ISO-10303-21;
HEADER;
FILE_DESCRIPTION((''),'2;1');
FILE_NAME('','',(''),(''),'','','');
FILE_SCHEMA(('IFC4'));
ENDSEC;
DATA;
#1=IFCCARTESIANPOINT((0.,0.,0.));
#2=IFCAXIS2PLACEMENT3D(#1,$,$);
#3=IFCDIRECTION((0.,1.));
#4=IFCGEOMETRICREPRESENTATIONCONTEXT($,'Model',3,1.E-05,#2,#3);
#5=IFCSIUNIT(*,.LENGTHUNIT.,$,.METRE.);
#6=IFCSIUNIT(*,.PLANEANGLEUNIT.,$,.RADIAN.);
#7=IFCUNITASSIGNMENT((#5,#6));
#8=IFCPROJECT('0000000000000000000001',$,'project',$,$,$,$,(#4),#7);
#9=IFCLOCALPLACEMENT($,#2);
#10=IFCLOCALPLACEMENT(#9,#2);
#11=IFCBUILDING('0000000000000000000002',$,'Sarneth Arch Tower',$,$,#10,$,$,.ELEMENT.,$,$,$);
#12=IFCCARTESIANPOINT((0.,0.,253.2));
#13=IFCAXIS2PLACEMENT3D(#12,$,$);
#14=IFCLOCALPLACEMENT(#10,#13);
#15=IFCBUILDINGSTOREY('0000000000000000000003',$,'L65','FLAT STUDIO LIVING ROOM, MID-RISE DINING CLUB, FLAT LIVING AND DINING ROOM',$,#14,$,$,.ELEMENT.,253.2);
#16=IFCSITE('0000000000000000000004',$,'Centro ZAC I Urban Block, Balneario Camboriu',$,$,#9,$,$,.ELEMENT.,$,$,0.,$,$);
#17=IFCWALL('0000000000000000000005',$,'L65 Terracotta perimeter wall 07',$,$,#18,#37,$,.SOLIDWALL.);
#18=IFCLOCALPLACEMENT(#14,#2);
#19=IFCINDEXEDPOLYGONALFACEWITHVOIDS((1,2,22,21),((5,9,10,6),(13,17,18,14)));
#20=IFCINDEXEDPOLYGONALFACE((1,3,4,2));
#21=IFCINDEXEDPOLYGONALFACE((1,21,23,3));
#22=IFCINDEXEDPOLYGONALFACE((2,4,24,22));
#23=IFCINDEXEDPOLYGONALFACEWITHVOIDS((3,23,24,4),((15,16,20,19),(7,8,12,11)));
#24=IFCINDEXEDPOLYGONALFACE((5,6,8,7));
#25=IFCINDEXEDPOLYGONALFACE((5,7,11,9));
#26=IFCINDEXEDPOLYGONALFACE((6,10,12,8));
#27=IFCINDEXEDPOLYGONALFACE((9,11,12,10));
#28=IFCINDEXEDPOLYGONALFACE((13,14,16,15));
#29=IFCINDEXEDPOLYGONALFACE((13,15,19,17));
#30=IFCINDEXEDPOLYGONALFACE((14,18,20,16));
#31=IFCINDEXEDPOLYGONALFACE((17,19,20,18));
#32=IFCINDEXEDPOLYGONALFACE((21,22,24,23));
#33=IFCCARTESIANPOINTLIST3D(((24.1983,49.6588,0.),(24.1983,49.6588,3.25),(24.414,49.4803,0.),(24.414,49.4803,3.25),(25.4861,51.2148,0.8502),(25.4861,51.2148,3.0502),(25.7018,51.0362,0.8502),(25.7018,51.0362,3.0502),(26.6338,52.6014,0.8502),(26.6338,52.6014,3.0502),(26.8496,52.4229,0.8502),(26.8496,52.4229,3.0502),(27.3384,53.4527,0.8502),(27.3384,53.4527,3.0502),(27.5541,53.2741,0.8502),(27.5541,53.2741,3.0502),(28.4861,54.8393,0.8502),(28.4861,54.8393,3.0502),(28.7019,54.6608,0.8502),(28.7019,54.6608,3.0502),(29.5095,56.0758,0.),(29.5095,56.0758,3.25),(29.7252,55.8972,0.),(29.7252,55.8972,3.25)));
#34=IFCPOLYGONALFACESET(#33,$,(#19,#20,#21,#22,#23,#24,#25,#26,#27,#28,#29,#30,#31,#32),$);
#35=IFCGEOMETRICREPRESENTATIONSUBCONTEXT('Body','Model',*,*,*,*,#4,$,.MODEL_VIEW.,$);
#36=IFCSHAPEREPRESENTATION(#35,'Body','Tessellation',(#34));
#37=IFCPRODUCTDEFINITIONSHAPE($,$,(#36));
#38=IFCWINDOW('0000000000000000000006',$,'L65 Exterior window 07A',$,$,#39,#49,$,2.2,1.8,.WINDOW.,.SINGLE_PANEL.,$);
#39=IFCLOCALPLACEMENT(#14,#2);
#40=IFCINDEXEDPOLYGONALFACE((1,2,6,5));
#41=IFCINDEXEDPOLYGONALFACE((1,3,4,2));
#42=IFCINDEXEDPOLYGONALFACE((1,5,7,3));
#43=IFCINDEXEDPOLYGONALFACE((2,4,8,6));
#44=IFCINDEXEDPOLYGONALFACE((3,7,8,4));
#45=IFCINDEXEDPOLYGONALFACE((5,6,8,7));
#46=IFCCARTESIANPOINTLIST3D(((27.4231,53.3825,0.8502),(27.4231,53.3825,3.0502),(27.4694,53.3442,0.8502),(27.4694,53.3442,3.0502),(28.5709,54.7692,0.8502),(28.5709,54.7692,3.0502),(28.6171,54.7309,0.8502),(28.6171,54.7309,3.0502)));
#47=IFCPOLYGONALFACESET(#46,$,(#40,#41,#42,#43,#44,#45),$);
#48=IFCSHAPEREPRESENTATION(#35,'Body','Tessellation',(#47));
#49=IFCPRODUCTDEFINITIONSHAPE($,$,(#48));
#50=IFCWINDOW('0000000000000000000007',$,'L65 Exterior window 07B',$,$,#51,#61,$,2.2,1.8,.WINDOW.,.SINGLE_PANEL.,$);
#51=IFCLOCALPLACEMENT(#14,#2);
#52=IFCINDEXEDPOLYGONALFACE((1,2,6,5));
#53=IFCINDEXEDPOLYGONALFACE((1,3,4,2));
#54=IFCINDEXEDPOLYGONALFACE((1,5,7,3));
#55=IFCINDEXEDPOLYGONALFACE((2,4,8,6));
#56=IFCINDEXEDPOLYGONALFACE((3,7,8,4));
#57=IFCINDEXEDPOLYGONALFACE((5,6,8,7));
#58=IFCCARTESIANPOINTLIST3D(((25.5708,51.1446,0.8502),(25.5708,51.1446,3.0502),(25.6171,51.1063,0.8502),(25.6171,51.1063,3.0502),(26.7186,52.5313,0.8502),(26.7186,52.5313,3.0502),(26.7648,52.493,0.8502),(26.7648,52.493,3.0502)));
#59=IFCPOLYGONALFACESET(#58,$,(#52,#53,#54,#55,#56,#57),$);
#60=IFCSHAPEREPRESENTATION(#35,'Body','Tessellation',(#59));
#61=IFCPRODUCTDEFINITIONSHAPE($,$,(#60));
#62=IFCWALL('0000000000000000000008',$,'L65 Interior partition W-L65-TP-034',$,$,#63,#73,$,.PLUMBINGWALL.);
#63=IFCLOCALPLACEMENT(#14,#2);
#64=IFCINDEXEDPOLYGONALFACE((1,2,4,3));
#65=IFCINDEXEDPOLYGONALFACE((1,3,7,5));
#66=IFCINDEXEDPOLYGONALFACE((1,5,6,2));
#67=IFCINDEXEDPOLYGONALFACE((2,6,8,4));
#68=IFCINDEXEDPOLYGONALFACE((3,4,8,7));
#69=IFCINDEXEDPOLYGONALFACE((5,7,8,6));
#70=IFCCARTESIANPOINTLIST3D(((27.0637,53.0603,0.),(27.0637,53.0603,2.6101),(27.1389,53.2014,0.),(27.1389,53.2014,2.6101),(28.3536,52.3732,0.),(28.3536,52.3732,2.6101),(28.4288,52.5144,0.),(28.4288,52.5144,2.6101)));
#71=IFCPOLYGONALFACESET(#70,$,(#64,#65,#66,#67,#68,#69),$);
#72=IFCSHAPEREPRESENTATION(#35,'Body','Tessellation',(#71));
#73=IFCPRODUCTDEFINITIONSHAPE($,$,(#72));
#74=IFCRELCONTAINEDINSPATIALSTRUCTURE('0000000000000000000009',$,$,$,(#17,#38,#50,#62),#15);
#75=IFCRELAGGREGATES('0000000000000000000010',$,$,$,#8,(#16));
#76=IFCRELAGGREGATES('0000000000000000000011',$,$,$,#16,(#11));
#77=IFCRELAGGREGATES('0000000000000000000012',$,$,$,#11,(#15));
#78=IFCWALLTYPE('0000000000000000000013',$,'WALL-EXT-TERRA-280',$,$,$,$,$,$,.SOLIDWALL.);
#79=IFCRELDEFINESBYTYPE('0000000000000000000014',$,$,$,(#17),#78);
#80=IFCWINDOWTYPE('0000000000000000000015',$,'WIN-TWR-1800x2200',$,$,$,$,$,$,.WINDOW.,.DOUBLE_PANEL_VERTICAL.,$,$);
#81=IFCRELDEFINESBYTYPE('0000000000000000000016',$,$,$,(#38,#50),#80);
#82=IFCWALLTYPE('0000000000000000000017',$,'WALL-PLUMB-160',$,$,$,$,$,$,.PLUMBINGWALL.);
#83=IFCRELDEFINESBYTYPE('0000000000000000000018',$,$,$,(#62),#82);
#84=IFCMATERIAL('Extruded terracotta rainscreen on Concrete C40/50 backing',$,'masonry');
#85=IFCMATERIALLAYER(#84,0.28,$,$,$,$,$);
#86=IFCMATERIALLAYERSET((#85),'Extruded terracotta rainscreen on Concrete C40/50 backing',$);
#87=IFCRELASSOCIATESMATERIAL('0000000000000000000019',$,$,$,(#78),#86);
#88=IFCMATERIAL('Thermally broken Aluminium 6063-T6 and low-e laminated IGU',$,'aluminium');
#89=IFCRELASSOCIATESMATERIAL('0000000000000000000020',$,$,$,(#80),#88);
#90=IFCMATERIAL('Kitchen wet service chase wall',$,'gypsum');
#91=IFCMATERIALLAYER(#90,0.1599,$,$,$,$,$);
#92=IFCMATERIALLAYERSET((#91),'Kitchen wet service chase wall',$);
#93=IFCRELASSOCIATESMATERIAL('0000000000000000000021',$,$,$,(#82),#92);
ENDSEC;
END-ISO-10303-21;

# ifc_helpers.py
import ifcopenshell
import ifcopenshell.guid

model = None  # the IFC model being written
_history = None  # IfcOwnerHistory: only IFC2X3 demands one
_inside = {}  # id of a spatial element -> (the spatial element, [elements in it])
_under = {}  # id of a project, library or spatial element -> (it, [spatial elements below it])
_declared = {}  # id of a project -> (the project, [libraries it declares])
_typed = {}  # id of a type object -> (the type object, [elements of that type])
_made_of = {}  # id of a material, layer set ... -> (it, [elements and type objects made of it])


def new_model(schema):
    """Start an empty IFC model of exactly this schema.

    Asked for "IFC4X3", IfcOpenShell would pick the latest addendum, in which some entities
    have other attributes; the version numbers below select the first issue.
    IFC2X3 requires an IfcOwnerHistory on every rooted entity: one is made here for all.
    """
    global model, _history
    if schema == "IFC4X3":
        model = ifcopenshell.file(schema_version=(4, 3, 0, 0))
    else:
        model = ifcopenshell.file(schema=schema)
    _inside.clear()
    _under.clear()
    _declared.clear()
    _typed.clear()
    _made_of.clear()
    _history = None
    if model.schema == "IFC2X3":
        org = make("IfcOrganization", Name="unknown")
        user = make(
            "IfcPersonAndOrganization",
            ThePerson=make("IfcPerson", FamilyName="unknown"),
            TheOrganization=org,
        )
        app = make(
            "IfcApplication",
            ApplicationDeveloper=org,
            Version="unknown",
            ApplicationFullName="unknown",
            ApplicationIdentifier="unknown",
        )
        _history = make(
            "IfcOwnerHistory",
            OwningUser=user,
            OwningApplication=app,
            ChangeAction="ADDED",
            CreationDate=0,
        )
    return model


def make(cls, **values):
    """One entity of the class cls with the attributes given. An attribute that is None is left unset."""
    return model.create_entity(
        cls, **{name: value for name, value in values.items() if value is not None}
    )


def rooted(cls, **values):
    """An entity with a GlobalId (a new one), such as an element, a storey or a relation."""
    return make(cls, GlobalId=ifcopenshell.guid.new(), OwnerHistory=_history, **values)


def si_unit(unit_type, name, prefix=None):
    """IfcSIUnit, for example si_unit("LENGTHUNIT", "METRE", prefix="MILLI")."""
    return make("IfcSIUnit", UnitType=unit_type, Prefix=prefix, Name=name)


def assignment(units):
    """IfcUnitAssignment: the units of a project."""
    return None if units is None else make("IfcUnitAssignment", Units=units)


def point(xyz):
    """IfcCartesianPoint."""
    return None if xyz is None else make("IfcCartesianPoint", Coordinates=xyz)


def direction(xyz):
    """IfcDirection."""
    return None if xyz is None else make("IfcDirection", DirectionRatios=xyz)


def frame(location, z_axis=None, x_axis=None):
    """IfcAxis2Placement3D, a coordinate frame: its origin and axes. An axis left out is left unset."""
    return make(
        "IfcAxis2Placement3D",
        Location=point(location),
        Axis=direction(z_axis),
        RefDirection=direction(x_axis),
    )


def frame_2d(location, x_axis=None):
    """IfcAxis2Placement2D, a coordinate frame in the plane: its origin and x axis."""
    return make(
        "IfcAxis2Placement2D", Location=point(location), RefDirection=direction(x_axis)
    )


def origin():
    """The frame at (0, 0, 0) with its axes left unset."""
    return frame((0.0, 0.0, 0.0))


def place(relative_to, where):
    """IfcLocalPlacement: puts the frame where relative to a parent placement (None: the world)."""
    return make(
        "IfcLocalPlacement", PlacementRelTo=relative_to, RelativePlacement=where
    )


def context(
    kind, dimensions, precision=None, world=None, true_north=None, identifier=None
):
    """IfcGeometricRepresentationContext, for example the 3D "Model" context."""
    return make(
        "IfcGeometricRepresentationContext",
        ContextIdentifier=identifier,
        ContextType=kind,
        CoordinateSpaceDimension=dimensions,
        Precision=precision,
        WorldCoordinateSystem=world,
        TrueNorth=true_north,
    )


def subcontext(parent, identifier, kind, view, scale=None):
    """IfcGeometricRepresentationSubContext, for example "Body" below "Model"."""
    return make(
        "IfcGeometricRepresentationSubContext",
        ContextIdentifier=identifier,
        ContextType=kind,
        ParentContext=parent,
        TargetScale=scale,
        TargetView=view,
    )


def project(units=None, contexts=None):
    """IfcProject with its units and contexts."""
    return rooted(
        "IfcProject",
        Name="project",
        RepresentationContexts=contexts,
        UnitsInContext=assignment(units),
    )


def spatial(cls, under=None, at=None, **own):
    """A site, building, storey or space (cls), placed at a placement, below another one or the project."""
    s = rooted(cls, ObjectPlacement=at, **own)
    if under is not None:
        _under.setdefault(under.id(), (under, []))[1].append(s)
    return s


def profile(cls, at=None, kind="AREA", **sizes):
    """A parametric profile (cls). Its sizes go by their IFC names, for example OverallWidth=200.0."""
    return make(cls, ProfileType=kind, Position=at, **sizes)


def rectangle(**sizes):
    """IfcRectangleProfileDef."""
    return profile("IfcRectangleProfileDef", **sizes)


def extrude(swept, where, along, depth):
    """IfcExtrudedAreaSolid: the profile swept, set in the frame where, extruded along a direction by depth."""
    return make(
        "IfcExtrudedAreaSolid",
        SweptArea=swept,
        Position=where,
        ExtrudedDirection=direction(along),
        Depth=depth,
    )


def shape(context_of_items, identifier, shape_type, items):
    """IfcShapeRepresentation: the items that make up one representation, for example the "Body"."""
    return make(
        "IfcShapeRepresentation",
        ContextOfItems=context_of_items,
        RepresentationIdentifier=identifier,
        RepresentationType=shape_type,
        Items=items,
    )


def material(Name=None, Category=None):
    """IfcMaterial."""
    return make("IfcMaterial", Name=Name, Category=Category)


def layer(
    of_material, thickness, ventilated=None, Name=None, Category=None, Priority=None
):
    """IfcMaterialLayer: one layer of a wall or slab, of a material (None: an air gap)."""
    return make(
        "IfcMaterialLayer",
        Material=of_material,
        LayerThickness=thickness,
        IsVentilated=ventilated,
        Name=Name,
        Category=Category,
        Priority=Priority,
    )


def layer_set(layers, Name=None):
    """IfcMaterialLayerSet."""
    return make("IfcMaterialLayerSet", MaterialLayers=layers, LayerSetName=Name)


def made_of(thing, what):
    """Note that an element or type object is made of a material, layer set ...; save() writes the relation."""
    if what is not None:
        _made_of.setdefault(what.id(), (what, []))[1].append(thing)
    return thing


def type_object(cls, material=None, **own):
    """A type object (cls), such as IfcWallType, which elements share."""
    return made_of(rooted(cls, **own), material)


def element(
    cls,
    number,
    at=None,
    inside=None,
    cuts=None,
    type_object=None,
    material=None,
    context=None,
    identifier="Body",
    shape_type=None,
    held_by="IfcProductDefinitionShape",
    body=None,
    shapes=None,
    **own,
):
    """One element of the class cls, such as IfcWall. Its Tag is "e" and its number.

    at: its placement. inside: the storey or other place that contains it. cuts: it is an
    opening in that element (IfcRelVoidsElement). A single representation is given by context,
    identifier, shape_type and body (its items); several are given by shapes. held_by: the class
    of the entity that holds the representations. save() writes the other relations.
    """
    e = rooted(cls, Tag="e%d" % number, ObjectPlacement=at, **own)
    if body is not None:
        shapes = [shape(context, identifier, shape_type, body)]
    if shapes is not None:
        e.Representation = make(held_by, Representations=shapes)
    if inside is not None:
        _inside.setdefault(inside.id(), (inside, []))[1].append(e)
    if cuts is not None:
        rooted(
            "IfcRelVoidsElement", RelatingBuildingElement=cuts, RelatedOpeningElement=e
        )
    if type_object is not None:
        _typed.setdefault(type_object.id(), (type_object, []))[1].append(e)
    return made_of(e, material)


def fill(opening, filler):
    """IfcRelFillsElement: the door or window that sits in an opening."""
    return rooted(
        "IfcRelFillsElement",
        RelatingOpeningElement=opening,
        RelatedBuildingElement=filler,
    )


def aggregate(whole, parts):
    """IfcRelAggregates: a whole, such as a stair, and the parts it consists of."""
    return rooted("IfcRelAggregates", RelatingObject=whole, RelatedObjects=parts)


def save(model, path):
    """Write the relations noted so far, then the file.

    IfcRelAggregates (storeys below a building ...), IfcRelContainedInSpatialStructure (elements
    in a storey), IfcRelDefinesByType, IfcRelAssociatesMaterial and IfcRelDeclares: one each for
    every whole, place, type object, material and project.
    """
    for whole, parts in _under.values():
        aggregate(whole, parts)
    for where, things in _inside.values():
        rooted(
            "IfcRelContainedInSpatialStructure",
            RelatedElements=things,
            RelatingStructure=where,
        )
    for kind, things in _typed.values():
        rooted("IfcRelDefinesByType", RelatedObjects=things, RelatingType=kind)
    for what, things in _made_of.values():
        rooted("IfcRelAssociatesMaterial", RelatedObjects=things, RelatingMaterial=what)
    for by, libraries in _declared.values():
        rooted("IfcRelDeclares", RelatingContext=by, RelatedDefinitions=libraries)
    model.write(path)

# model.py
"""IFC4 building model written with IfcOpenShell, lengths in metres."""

from ifc_helpers import new_model, si_unit, direction, frame, frame_2d, origin, place, context, subcontext, project, spatial, rectangle, extrude, material, layer, layer_set, type_object, element, fill, save


model = new_model("IFC4")

# Units and contexts
model_context = context("Model", 3, precision=1e-05, world=origin(), true_north=direction((0.0, 1.0)))
body_context = subcontext(model_context, "Body", "Model", "MODEL_VIEW")
ifc_project = project(units=[si_unit("LENGTHUNIT", "METRE"), si_unit("PLANEANGLEUNIT", "RADIAN")], contexts=[model_context])

# Site, building, storey
site_placement = place(None, origin())
site = spatial("IfcSite", under=ifc_project, at=site_placement, Name="Centro ZAC I Urban Block, Balneario Camboriu", CompositionType="ELEMENT", RefElevation=0.0)
building_placement = place(site_placement, origin())
building = spatial("IfcBuilding", under=site, at=building_placement, Name="Sarneth Arch Tower", CompositionType="ELEMENT")
storey_placement = place(building_placement, frame((0.0, 0.0, 253.2)))
storey = spatial("IfcBuildingStorey", under=building, at=storey_placement, Name="L65", Description="FLAT STUDIO LIVING ROOM, MID-RISE DINING CLUB, FLAT LIVING AND DINING ROOM", CompositionType="ELEMENT", Elevation=253.2)

# Wall, openings, windows
ifc_material_1 = material(Name="Extruded terracotta rainscreen on Concrete C40/50 backing", Category="masonry")
ifc_layer_1 = layer(ifc_material_1, 0.28)
ifc_layer_set_1 = layer_set([ifc_layer_1], Name="Extruded terracotta rainscreen on Concrete C40/50 backing")
wall_type_1 = type_object("IfcWallType", Name="WALL-EXT-TERRA-280", PredefinedType="SOLIDWALL", material=ifc_layer_set_1)
wall_1_placement = place(storey_placement, frame((29.6174, 55.9866, 0.0), z_axis=(0.0, 0.0, 1.0), x_axis=(-0.637615, -0.770355, 0.0)))
wall_1 = element("IfcWall", 1, at=wall_1_placement, inside=storey, type_object=wall_type_1, Name="L65 Terracotta perimeter wall 07", PredefinedType="SOLIDWALL", context=body_context, shape_type="SweptSolid", body=[
    extrude(rectangle(XDim=8.3298, YDim=0.28, at=frame_2d((4.165, 0.0))), origin(), (0.0, 0.0, 1.0), 3.25),
])
opening_1_placement = place(wall_1_placement, frame((1.6052, 0.0, 0.8501)))
opening_1 = element("IfcOpeningElement", 2, at=opening_1_placement, cuts=wall_1, PredefinedType="OPENING", context=body_context, shape_type="SweptSolid", body=[
    extrude(rectangle(XDim=1.8, YDim=2.2, at=frame_2d((0.8999, 1.1001))), frame((0.0, 0.1499, 0.0), z_axis=(0.0, -1.0, 0.0), x_axis=(1.0, 0.0, 0.0)), (0.0, 0.0, 1.0), 0.3),
])
opening_2_placement = place(wall_1_placement, frame((4.5103, 0.0, 0.8501)))
opening_2 = element("IfcOpeningElement", 3, at=opening_2_placement, cuts=wall_1, PredefinedType="OPENING", context=body_context, shape_type="SweptSolid", body=[
    extrude(rectangle(XDim=1.8, YDim=2.2, at=frame_2d((0.8999, 1.1001))), frame((0.0, 0.1499, 0.0), z_axis=(0.0, -1.0, 0.0), x_axis=(1.0, 0.0, 0.0)), (0.0, 0.0, 1.0), 0.3),
])
ifc_material_2 = material(Name="Thermally broken Aluminium 6063-T6 and low-e laminated IGU", Category="aluminium")
window_type = type_object("IfcWindowType", Name="WIN-TWR-1800x2200", PartitioningType="DOUBLE_PANEL_VERTICAL", PredefinedType="WINDOW", material=ifc_material_2)
window_1_placement = place(opening_1_placement, origin())
window_1 = element("IfcWindow", 4, at=window_1_placement, inside=storey, type_object=window_type, Name="L65 Exterior window 07A", OverallHeight=2.2, OverallWidth=1.8, PartitioningType="SINGLE_PANEL", PredefinedType="WINDOW", context=body_context, shape_type="SweptSolid", body=[
    extrude(rectangle(XDim=1.8, YDim=2.2, at=frame_2d((0.8999, 1.1001))), frame((0.0, 0.03, 0.0), z_axis=(0.0, -1.0, 0.0), x_axis=(1.0, 0.0, 0.0)), (0.0, 0.0, 1.0), 0.0601),
])
fill(opening_1, window_1)
window_2_placement = place(opening_2_placement, origin())
window_2 = element("IfcWindow", 5, at=window_2_placement, inside=storey, type_object=window_type, Name="L65 Exterior window 07B", OverallHeight=2.2, OverallWidth=1.8, PartitioningType="SINGLE_PANEL", PredefinedType="WINDOW", context=body_context, shape_type="SweptSolid", body=[
    extrude(rectangle(XDim=1.8, YDim=2.2, at=frame_2d((0.8999, 1.1001))), frame((0.0, 0.03, 0.0), z_axis=(0.0, -1.0, 0.0), x_axis=(1.0, 0.0, 0.0)), (0.0, 0.0, 1.0), 0.0601),
])
fill(opening_2, window_2)

# Wall
ifc_material_3 = material(Name="Kitchen wet service chase wall", Category="gypsum")
ifc_layer_2 = layer(ifc_material_3, 0.1599)
ifc_layer_set_2 = layer_set([ifc_layer_2], Name="Kitchen wet service chase wall")
wall_type_2 = type_object("IfcWallType", Name="WALL-PLUMB-160", PredefinedType="PLUMBINGWALL", material=ifc_layer_set_2)
wall_2_placement = place(storey_placement, frame((27.1013, 53.1309, 0.0), z_axis=(0.0, 0.0, 1.0), x_axis=(0.882603, -0.47012, 0.0)))
element("IfcWall", 6, at=wall_2_placement, inside=storey, type_object=wall_type_2, Name="L65 Interior partition W-L65-TP-034", PredefinedType="PLUMBINGWALL", context=body_context, shape_type="SweptSolid", body=[
    extrude(rectangle(XDim=1.4614, YDim=0.1599, at=frame_2d((0.7307, 0.0))), origin(), (0.0, 0.0, 1.0), 2.6101),
])

save(model, "model.ifc")
